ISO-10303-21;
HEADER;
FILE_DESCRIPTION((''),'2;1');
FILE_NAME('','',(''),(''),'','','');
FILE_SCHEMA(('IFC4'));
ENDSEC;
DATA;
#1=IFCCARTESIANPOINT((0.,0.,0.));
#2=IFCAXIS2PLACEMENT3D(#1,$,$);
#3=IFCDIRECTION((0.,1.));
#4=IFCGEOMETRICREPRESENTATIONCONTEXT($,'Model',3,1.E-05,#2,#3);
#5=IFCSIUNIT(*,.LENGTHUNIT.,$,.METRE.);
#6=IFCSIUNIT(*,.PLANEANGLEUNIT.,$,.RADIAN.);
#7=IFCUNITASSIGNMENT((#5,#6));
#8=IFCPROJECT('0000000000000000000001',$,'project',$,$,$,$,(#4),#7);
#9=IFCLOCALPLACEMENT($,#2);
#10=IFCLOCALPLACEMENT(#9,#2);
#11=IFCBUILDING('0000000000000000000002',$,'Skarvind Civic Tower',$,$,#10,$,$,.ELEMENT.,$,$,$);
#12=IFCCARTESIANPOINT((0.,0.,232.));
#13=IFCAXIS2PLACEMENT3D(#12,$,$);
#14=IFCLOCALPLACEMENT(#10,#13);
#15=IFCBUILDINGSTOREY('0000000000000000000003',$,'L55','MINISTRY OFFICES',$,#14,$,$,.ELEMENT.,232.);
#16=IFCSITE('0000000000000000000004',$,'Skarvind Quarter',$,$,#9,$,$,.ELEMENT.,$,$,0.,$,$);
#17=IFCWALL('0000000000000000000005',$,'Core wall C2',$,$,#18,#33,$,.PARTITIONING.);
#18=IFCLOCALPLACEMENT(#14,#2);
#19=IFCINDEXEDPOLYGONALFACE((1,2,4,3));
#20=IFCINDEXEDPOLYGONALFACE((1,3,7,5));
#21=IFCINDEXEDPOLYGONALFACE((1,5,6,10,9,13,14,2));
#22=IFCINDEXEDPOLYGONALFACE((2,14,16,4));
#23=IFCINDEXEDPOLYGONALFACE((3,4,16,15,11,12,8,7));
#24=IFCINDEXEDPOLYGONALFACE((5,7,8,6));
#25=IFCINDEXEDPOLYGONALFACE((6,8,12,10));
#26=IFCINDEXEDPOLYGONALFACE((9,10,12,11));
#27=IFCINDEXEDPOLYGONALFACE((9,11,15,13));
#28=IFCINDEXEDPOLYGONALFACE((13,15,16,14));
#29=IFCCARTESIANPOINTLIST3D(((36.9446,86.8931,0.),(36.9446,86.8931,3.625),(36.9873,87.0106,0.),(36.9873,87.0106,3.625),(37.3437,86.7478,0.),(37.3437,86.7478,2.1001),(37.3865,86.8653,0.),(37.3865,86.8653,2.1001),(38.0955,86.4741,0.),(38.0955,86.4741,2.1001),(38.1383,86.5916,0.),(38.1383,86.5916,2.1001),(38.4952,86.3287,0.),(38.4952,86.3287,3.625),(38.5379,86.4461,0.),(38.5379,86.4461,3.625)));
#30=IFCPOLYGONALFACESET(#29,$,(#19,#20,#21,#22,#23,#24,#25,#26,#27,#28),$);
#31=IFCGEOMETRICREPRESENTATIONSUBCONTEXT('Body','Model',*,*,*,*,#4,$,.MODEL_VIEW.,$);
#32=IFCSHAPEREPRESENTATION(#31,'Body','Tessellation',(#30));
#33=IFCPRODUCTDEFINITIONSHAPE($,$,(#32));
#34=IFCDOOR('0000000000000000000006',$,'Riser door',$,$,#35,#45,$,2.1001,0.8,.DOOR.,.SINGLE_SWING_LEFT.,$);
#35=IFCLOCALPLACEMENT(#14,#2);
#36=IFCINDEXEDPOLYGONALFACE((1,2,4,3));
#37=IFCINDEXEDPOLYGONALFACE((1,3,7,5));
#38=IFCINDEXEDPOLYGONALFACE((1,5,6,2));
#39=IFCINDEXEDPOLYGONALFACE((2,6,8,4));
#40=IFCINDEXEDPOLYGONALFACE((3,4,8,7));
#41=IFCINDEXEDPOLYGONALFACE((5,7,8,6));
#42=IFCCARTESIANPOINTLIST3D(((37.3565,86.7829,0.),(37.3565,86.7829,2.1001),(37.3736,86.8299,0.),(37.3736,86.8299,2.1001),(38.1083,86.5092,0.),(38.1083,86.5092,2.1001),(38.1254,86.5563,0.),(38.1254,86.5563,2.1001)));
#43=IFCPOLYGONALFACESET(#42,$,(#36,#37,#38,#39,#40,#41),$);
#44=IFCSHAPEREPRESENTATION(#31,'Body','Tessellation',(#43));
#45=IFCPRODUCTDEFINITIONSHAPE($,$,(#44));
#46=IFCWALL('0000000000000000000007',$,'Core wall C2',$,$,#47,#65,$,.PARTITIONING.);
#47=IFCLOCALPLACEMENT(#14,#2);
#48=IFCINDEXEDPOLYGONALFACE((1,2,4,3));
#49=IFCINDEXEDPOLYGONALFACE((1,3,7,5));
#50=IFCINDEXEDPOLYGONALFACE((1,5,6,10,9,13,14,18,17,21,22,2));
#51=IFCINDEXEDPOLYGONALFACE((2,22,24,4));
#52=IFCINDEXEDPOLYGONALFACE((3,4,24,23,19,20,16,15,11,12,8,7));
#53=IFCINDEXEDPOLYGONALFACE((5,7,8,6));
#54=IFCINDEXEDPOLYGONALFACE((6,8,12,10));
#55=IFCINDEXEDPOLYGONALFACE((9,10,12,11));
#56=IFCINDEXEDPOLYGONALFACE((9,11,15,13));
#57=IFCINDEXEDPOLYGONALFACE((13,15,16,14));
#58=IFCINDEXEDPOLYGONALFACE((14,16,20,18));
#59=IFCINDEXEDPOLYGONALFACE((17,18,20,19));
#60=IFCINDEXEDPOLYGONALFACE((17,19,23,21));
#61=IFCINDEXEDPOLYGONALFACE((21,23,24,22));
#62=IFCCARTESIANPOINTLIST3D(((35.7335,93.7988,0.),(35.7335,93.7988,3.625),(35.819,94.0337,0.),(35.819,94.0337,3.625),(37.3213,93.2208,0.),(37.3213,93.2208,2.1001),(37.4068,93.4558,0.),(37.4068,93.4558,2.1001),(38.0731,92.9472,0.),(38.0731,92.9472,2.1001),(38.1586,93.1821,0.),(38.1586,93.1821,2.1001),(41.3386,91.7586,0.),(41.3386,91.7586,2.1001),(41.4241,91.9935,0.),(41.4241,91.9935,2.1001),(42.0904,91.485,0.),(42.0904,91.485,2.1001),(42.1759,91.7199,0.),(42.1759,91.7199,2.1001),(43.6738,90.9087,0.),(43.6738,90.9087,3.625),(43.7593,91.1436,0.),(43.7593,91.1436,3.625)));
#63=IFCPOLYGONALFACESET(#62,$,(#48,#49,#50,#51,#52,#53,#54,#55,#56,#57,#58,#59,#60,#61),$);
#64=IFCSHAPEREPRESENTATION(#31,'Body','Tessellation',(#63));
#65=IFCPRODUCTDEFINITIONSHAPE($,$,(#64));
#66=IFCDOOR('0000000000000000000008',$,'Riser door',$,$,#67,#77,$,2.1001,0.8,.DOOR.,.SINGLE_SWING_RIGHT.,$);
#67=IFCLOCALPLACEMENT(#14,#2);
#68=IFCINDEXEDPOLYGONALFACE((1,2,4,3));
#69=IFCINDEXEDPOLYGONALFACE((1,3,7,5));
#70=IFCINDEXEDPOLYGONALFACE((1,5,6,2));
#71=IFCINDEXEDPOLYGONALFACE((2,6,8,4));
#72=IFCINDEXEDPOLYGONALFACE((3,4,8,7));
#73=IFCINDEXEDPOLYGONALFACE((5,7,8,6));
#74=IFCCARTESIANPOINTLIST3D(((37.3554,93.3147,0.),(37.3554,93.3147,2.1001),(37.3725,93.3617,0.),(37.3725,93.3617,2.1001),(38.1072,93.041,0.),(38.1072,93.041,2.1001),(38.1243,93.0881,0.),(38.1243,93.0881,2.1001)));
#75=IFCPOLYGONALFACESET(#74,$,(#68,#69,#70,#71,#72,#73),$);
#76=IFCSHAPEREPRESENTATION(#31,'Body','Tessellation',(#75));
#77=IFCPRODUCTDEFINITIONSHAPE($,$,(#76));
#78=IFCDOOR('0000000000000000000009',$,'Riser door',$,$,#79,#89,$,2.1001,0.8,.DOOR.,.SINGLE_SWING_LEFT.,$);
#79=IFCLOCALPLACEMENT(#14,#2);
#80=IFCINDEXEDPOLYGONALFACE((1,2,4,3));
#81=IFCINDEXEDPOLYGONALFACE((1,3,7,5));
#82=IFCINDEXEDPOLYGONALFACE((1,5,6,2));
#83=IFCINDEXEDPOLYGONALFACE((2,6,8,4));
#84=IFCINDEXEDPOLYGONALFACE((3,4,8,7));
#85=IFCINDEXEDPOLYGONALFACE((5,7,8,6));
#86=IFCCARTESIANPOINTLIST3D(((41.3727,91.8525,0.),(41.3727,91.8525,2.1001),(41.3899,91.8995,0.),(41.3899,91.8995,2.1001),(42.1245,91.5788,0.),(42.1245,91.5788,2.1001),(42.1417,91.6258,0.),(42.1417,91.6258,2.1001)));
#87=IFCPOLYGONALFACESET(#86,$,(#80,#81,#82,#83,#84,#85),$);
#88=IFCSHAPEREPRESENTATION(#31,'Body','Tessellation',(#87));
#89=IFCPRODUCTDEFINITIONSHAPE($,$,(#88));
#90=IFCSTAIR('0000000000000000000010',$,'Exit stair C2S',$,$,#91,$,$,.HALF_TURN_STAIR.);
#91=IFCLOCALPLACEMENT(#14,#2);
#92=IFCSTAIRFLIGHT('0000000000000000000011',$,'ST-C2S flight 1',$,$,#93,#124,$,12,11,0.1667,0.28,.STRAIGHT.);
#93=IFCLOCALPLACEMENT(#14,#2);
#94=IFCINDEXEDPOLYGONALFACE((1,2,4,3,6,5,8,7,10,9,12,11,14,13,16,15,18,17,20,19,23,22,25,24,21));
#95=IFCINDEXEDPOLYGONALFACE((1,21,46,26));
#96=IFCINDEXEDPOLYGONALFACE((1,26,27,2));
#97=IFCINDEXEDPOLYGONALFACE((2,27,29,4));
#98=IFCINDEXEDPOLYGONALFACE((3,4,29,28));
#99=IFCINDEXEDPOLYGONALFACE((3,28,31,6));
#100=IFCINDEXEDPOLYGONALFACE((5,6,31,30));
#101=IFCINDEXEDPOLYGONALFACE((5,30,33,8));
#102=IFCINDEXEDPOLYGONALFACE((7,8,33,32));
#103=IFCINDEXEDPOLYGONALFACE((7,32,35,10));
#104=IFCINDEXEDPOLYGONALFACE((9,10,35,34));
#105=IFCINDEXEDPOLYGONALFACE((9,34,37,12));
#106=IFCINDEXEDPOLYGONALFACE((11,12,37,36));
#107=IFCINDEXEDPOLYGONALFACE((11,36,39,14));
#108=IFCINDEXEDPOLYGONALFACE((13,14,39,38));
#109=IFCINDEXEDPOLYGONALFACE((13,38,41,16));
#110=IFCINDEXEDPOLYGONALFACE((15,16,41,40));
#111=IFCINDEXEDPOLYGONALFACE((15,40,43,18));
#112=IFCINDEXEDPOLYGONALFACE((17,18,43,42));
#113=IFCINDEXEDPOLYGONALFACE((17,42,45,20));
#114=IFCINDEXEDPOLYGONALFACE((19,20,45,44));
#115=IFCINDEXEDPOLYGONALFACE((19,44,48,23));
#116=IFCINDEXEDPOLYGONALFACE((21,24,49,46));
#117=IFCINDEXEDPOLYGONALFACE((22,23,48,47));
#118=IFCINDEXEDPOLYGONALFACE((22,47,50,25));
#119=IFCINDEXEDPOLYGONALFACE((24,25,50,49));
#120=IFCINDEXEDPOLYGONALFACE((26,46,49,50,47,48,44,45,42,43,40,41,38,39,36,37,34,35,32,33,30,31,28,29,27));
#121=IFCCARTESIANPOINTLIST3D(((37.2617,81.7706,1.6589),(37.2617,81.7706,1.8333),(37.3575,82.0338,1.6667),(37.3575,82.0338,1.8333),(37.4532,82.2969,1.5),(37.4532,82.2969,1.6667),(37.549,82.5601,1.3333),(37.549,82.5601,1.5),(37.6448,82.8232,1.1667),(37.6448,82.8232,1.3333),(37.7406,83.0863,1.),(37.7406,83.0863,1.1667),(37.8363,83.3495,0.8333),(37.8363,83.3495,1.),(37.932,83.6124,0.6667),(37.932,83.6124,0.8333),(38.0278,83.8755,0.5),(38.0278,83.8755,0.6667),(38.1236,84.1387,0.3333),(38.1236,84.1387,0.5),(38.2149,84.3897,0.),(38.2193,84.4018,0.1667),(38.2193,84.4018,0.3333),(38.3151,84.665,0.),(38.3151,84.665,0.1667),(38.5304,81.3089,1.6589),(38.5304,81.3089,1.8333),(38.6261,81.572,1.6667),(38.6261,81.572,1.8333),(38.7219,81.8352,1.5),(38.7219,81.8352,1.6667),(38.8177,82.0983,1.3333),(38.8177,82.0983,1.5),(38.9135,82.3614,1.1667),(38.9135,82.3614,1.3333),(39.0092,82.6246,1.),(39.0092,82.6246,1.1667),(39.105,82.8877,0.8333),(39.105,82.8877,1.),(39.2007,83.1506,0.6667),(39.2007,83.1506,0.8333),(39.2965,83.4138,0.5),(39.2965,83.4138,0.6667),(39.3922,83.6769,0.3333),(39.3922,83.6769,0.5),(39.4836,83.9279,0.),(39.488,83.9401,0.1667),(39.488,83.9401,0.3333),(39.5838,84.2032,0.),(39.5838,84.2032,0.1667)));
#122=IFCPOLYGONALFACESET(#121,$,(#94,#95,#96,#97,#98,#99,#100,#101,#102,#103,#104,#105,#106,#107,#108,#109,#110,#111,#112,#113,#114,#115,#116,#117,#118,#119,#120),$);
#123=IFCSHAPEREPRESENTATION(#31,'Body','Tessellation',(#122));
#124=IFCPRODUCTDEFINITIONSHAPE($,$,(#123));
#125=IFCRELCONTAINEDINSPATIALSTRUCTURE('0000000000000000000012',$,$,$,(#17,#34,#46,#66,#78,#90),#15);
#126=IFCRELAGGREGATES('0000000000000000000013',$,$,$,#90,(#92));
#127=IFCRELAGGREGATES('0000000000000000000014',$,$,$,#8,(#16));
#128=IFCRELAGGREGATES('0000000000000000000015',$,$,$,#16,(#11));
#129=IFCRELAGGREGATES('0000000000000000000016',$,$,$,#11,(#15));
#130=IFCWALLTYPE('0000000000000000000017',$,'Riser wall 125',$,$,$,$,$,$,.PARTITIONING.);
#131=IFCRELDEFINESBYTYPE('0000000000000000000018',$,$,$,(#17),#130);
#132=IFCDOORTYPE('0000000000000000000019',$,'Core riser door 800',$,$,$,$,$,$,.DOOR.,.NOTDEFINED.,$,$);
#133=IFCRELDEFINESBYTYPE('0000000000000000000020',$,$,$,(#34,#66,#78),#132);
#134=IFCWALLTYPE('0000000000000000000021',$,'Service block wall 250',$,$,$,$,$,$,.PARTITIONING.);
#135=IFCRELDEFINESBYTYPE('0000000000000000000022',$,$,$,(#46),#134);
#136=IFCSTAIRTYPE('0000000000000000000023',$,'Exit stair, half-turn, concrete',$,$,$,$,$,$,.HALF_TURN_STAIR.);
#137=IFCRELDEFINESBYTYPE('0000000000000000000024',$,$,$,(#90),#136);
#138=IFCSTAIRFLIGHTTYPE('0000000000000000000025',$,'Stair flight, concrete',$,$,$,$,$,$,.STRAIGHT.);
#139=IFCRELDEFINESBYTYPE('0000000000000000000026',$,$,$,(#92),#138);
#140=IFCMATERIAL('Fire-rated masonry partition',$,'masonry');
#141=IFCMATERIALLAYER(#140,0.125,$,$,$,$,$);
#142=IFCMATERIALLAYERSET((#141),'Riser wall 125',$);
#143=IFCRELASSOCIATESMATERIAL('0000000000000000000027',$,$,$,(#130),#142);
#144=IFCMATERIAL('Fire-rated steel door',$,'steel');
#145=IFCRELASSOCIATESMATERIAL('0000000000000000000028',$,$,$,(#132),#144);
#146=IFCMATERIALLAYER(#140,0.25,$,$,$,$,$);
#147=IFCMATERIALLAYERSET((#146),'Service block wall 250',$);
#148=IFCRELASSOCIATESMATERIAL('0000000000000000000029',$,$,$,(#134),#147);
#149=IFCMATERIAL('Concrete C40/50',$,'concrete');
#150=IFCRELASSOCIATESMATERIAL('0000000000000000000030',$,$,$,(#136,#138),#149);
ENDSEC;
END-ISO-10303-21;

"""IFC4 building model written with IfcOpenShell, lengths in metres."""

from ifc_helpers import new_model, si_unit, direction, frame, frame_2d, origin, place, context, subcontext, project, spatial, polyline, rectangle, outline, extrude, material, layer, layer_set, type_object, element, fill, aggregate, save


model = new_model("IFC4")

# Units and contexts
model_context = context("Model", 3, precision=1e-05, world=origin(), true_north=direction((0.0, 1.0)))
body_context = subcontext(model_context, "Body", "Model", "MODEL_VIEW")
ifc_project = project(units=[si_unit("LENGTHUNIT", "METRE"), si_unit("PLANEANGLEUNIT", "RADIAN")], contexts=[model_context])

# Site, building, storey
site_placement = place(None, origin())
site = spatial("IfcSite", under=ifc_project, at=site_placement, Name="Skarvind Quarter", CompositionType="ELEMENT", RefElevation=0.0)
building_placement = place(site_placement, origin())
building = spatial("IfcBuilding", under=site, at=building_placement, Name="Skarvind Civic Tower", CompositionType="ELEMENT")
storey_placement = place(building_placement, frame((0.0, 0.0, 232.0)))
storey = spatial("IfcBuildingStorey", under=building, at=storey_placement, Name="L55", Description="MINISTRY OFFICES", CompositionType="ELEMENT", Elevation=232.0)

# Shared definitions
ifc_material_1 = material(Name="Fire-rated masonry partition", Category="masonry")
ifc_material_2 = material(Name="Fire-rated steel door", Category="steel")

# Wall, opening, door
ifc_layer_1 = layer(ifc_material_1, 0.125)
ifc_layer_set_1 = layer_set([ifc_layer_1], Name="Riser wall 125")
wall_type_1 = type_object("IfcWallType", Name="Riser wall 125", PredefinedType="PARTITIONING", material=ifc_layer_set_1)
wall_1_placement = place(storey_placement, frame((36.9658, 86.9519, 0.0), z_axis=(0.0, 0.0, 1.0), x_axis=(0.939672, -0.342076, 0.0)))
wall_1 = element("IfcWall", 1, at=wall_1_placement, inside=storey, type_object=wall_type_1, Name="Core wall C2", PredefinedType="PARTITIONING", context=body_context, shape_type="SweptSolid", body=[
    extrude(rectangle(XDim=1.6501, YDim=0.125, at=frame_2d((0.8252, 0.0))), origin(), (0.0, 0.0, 1.0), 3.625),
])
opening_1_placement = place(wall_1_placement, frame((0.425, 0.0, 0.0)))
opening_1 = element("IfcOpeningElement", 2, at=opening_1_placement, cuts=wall_1, PredefinedType="OPENING", context=body_context, shape_type="SweptSolid", body=[
    extrude(rectangle(XDim=0.8, YDim=2.1001, at=frame_2d((0.3999, 1.05))), frame((0.0, 0.0725, 0.0), z_axis=(0.0, -1.0, 0.0), x_axis=(1.0, 0.0, 0.0)), (0.0, 0.0, 1.0), 0.145),
])
door_type_1 = type_object("IfcDoorType", Name="Core riser door 800", OperationType="NOTDEFINED", PredefinedType="DOOR", material=ifc_material_2)
door_1_placement = place(opening_1_placement, origin())
door_1 = element("IfcDoor", 3, at=door_1_placement, inside=storey, type_object=door_type_1, Name="Riser door", OperationType="SINGLE_SWING_LEFT", OverallHeight=2.1001, OverallWidth=0.8, PredefinedType="DOOR", context=body_context, shape_type="SweptSolid", body=[
    extrude(rectangle(XDim=0.8, YDim=2.1001, at=frame_2d((0.3999, 1.05))), frame((0.0, 0.0249, 0.0), z_axis=(0.0, -1.0, 0.0), x_axis=(1.0, 0.0, 0.0)), (0.0, 0.0, 1.0), 0.05),
])
fill(opening_1, door_1)

# Wall, openings, doors
ifc_layer_2 = layer(ifc_material_1, 0.25)
ifc_layer_set_2 = layer_set([ifc_layer_2], Name="Service block wall 250")
wall_type_2 = type_object("IfcWallType", Name="Service block wall 250", PredefinedType="PARTITIONING", material=ifc_layer_set_2)
wall_2_placement = place(storey_placement, frame((35.7761, 93.9163, 0.0), z_axis=(0.0, 0.0, 1.0), x_axis=(0.93969, -0.342026, 0.0)))
wall_2 = element("IfcWall", 4, at=wall_2_placement, inside=storey, type_object=wall_type_2, Name="Core wall C2", PredefinedType="PARTITIONING", context=body_context, shape_type="SweptSolid", body=[
    extrude(rectangle(XDim=8.45, YDim=0.25, at=frame_2d((4.2251, 0.0))), origin(), (0.0, 0.0, 1.0), 3.625),
])
opening_2_placement = place(wall_2_placement, frame((1.6899, 0.0, 0.0)))
opening_2 = element("IfcOpeningElement", 5, at=opening_2_placement, cuts=wall_2, PredefinedType="OPENING", context=body_context, shape_type="SweptSolid", body=[
    extrude(rectangle(XDim=0.8, YDim=2.1001, at=frame_2d((0.3999, 1.05))), frame((0.0, 0.135, 0.0), z_axis=(0.0, -1.0, 0.0), x_axis=(1.0, 0.0, 0.0)), (0.0, 0.0, 1.0), 0.27),
])
opening_3_placement = place(wall_2_placement, frame((5.9651, 0.0, 0.0)))
opening_3 = element("IfcOpeningElement", 6, at=opening_3_placement, cuts=wall_2, PredefinedType="OPENING", context=body_context, shape_type="SweptSolid", body=[
    extrude(rectangle(XDim=0.8, YDim=2.1001, at=frame_2d((0.3999, 1.05))), frame((0.0, 0.135, 0.0), z_axis=(0.0, -1.0, 0.0), x_axis=(1.0, 0.0, 0.0)), (0.0, 0.0, 1.0), 0.27),
])
door_2_placement = place(opening_2_placement, origin())
door_2 = element("IfcDoor", 7, at=door_2_placement, inside=storey, type_object=door_type_1, Name="Riser door", OperationType="SINGLE_SWING_RIGHT", OverallHeight=2.1001, OverallWidth=0.8, PredefinedType="DOOR", context=body_context, shape_type="SweptSolid", body=[
    extrude(rectangle(XDim=0.8, YDim=2.1001, at=frame_2d((0.3999, 1.05))), frame((0.0, 0.0249, 0.0), z_axis=(0.0, -1.0, 0.0), x_axis=(1.0, 0.0, 0.0)), (0.0, 0.0, 1.0), 0.05),
])
fill(opening_2, door_2)
door_3_placement = place(opening_3_placement, origin())
door_3 = element("IfcDoor", 8, at=door_3_placement, inside=storey, type_object=door_type_1, Name="Riser door", OperationType="SINGLE_SWING_LEFT", OverallHeight=2.1001, OverallWidth=0.8, PredefinedType="DOOR", context=body_context, shape_type="SweptSolid", body=[
    extrude(rectangle(XDim=0.8, YDim=2.1001, at=frame_2d((0.3999, 1.05))), frame((0.0, 0.0249, 0.0), z_axis=(0.0, -1.0, 0.0), x_axis=(1.0, 0.0, 0.0)), (0.0, 0.0, 1.0), 0.05),
])
fill(opening_3, door_3)

# Stair, stair flight
ifc_material_3 = material(Name="Concrete C40/50", Category="concrete")
stair_type = type_object("IfcStairType", Name="Exit stair, half-turn, concrete", PredefinedType="HALF_TURN_STAIR", material=ifc_material_3)
stair_placement = place(storey_placement, origin())
stair = element("IfcStair", 9, at=stair_placement, inside=storey, type_object=stair_type, Name="Exit stair C2S", PredefinedType="HALF_TURN_STAIR")
stair_flight_type = type_object("IfcStairFlightType", Name="Stair flight, concrete", PredefinedType="STRAIGHT", material=ifc_material_3)
stair_flight_placement = place(storey_placement, frame((38.9495, 84.4341, 0.0), z_axis=(0.0, 0.0, 1.0), x_axis=(-0.34202, -0.939693, 0.0)))
stair_flight = element("IfcStairFlight", 10, at=stair_flight_placement, type_object=stair_flight_type, Name="ST-C2S flight 1", NumberOfRisers=12, NumberOfTreads=11, PredefinedType="STRAIGHT", RiserHeight=0.1667, TreadLength=0.28, context=body_context, shape_type="SweptSolid", body=[
    extrude(outline(polyline([(0.0, 0.0), (0.0, 0.1667), (0.28, 0.1667), (0.28, 0.3333), (0.5601, 0.3333), (0.5601, 0.5), (0.8401, 0.5), (0.8401, 0.6667), (1.1201, 0.6667), (1.1201, 0.8333), (1.3999, 0.8333), (1.3999, 1.0), (1.6799, 1.0), (1.6799, 1.1667), (1.96, 1.1667), (1.96, 1.3333), (2.24, 1.3333), (2.24, 1.5), (2.52, 1.5), (2.52, 1.6667), (2.8, 1.6667), (2.8, 1.8333), (3.0801, 1.8333), (3.0801, 2.0), (3.0801, 1.6589), (0.293, 0.0), (0.0, 0.0)])), frame((0.0, 0.675, 0.0), z_axis=(0.0, -1.0, 0.0), x_axis=(1.0, 0.0, 0.0)), (0.0, 0.0, 1.0), 1.3501),
])
aggregate(stair, [stair_flight])

save(model, "model.ifc")
